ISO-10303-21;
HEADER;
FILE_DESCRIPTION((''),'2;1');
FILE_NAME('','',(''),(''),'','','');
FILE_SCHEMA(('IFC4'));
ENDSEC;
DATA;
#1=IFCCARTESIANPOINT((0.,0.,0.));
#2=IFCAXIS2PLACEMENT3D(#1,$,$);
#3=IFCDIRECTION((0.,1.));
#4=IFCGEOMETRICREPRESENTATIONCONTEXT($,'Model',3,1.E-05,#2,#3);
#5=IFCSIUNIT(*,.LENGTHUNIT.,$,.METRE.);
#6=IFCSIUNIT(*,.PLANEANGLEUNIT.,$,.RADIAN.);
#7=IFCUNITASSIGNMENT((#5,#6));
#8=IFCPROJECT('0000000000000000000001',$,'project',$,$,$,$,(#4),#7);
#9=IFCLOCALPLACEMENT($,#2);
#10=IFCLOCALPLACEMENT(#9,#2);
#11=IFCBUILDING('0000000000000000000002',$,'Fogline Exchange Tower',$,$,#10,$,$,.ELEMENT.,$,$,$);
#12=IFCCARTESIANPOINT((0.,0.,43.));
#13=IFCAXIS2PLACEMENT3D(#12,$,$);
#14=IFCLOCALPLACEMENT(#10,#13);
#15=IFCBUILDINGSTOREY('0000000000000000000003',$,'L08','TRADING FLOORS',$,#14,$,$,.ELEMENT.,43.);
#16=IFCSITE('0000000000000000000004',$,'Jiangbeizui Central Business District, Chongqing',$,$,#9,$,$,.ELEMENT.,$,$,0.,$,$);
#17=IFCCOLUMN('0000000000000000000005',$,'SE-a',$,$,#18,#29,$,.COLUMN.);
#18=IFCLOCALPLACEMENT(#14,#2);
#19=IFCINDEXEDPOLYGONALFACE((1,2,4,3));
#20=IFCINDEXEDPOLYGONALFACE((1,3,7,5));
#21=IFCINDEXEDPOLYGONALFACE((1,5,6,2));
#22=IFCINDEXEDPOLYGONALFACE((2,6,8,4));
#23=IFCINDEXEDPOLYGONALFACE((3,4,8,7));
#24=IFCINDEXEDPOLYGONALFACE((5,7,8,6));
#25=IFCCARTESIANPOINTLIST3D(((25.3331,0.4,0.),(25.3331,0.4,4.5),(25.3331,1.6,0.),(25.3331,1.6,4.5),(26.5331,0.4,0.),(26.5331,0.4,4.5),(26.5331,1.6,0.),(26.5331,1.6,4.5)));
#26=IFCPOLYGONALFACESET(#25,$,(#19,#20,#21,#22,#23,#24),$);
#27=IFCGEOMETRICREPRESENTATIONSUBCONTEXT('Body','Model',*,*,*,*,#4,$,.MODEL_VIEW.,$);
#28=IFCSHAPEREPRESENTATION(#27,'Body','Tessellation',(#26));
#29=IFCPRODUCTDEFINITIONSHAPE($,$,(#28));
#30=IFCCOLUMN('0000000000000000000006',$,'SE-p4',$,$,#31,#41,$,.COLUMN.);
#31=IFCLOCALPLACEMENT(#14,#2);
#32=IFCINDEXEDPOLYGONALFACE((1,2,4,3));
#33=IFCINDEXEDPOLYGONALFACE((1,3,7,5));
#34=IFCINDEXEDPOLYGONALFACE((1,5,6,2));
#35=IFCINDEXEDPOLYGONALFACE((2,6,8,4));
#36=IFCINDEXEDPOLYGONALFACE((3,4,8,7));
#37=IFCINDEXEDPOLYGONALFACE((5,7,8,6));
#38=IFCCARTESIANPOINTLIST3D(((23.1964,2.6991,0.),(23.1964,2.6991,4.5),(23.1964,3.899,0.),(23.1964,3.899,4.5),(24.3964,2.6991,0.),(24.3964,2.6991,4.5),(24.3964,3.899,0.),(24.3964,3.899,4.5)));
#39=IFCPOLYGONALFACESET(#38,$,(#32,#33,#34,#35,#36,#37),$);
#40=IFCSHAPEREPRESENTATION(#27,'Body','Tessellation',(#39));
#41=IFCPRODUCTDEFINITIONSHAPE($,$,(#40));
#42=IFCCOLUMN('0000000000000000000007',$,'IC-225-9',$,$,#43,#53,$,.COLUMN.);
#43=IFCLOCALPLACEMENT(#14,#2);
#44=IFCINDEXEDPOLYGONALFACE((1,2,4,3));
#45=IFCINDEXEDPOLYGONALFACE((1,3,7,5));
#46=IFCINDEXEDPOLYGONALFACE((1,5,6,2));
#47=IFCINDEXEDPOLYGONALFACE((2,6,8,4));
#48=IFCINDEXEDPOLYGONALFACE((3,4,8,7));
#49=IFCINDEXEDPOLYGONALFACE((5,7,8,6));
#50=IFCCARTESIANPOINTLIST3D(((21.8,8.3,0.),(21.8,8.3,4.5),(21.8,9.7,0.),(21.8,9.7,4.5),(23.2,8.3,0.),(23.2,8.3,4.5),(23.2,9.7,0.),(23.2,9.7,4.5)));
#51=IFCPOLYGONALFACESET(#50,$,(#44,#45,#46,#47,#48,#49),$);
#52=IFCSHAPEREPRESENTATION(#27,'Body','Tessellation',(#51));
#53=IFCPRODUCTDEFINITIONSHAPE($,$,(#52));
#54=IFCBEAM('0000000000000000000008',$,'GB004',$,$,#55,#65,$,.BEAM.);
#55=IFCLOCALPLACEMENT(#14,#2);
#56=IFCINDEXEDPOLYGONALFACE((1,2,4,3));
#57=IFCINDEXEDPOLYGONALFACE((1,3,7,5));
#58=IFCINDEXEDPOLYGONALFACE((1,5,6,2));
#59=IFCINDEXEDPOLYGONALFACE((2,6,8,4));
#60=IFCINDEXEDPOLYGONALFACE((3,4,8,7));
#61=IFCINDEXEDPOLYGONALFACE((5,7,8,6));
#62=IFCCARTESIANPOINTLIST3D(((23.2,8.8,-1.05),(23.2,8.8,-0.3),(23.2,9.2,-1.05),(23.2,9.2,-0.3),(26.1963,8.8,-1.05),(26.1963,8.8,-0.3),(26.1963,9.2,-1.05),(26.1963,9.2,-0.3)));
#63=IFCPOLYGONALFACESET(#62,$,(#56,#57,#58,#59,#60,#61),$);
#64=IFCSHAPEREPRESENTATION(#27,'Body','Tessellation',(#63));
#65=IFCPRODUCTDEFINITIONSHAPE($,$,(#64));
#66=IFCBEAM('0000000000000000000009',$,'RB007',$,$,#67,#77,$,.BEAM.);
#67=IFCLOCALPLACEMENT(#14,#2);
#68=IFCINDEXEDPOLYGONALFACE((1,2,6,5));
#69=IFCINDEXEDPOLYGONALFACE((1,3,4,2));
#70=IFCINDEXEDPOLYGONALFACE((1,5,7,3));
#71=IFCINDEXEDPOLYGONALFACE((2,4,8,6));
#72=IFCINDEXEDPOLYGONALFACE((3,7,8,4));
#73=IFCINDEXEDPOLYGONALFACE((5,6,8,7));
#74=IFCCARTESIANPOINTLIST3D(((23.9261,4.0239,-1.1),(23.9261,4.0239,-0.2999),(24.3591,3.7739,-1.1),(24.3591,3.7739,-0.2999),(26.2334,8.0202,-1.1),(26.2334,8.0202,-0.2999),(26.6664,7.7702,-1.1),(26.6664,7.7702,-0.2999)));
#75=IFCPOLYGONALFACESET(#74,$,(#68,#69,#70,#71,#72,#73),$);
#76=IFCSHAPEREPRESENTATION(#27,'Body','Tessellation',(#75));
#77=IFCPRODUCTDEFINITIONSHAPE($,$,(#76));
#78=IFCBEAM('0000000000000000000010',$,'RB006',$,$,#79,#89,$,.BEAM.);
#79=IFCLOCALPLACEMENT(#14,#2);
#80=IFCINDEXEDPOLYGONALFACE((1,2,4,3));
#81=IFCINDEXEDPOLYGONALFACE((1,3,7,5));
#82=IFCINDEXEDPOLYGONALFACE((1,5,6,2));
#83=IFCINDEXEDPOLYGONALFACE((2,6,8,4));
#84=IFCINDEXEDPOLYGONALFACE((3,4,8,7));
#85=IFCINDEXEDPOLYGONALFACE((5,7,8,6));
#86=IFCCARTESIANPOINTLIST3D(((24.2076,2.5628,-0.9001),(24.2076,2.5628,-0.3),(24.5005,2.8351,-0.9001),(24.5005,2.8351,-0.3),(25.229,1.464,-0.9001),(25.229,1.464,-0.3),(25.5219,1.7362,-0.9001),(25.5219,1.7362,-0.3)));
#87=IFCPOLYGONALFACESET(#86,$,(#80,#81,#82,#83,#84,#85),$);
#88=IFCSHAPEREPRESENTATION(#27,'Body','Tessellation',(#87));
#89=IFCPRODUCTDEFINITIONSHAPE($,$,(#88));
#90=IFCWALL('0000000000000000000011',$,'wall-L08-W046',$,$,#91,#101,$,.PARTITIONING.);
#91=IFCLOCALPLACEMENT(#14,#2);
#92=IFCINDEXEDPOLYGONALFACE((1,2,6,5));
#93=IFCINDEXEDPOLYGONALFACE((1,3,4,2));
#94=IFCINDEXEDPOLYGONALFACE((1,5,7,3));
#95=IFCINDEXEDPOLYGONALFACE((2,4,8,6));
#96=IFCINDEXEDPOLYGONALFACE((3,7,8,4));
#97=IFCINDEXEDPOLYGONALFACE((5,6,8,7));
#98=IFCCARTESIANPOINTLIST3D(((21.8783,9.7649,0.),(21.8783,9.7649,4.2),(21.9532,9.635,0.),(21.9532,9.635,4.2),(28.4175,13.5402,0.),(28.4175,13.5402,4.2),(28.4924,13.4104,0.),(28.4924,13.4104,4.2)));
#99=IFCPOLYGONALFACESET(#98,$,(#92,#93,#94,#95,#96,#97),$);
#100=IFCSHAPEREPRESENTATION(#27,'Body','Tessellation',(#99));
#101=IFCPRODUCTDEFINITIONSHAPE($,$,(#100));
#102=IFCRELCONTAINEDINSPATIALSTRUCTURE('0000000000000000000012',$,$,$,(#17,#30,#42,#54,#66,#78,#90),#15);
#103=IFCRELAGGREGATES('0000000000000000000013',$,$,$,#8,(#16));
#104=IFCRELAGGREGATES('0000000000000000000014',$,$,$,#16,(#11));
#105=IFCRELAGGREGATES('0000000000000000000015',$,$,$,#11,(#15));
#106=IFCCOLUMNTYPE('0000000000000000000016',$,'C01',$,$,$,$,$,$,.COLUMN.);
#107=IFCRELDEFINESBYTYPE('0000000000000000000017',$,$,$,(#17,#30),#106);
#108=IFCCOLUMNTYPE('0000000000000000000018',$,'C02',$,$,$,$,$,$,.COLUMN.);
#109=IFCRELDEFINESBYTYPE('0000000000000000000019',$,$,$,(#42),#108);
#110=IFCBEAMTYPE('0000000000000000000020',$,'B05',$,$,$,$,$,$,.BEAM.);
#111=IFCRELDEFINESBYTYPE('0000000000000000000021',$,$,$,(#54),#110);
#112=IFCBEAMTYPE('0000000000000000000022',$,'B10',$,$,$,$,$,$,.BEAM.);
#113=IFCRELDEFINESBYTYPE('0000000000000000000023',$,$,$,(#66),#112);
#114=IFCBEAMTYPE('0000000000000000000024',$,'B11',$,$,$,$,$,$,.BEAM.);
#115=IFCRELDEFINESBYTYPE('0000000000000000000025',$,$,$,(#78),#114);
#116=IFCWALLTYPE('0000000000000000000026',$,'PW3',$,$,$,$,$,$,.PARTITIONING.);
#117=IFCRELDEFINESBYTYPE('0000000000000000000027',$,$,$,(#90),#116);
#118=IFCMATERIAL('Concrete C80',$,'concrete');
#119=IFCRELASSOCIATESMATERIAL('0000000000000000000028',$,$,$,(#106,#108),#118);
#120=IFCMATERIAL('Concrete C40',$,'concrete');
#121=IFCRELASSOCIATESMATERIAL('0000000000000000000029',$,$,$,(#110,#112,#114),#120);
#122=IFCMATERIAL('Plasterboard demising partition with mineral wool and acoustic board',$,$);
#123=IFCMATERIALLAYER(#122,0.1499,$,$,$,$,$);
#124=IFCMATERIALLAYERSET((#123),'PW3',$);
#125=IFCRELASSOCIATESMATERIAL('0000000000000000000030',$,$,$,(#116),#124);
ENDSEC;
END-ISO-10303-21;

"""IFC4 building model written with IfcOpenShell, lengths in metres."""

from ifc_helpers import new_model, si_unit, direction, frame, frame_2d, origin, origin_2d, place, context, subcontext, project, spatial, rectangle, extrude, material, layer, layer_set, material_profile, profile_set, type_object, element, save


model = new_model("IFC4")

# Units and contexts
model_context = context("Model", 3, precision=1e-05, world=origin(), true_north=direction((0.0, 1.0)))
body_context = subcontext(model_context, "Body", "Model", "MODEL_VIEW")
ifc_project = project(units=[si_unit("LENGTHUNIT", "METRE"), si_unit("PLANEANGLEUNIT", "RADIAN")], contexts=[model_context])

# Site, building, storey
site_placement = place(None, origin())
site = spatial("IfcSite", under=ifc_project, at=site_placement, Name="Jiangbeizui Central Business District, Chongqing", CompositionType="ELEMENT", RefElevation=0.0)
building_placement = place(site_placement, origin())
building = spatial("IfcBuilding", under=site, at=building_placement, Name="Fogline Exchange Tower", CompositionType="ELEMENT")
storey_placement = place(building_placement, frame((0.0, 0.0, 43.0)))
storey = spatial("IfcBuildingStorey", under=building, at=storey_placement, Name="L08", Description="TRADING FLOORS", CompositionType="ELEMENT", Elevation=43.0)

# Columns
ifc_material_1 = material(Name="Concrete C80", Category="concrete")
ifc_material_profile_1 = material_profile(ifc_material_1, rectangle(XDim=1.2, YDim=1.2, at=origin_2d()), Name="RC 1200x1200")
ifc_profile_set_1 = profile_set([ifc_material_profile_1], Name="Concrete C80")
column_type_1 = type_object("IfcColumnType", Name="C01", PredefinedType="COLUMN", material=ifc_profile_set_1)
for number, where, z_axis, x_axis, name in (
    (1, (25.9331, 1.0, 0.0), (0.0, 0.0, 1.0), (1.0, 0.0, 0.0), "SE-a"),
    (2, (23.7964, 3.2991, 0.0), (0.0, 0.0, 1.0), (1.0, 0.0, 0.0), "SE-p4"),
):
    element("IfcColumn", number, at=place(storey_placement, frame(where, z_axis=z_axis, x_axis=x_axis)), inside=storey, type_object=column_type_1, Name=name, PredefinedType="COLUMN", context=body_context, shape_type="SweptSolid", body=[
        extrude(rectangle(XDim=1.2, YDim=1.2, at=origin_2d()), origin(), (0.0, 0.0, 1.0), 4.5),
    ])
ifc_material_profile_2 = material_profile(ifc_material_1, rectangle(XDim=1.3999, YDim=1.3999, at=origin_2d()), Name="RC 1400x1400")
ifc_profile_set_2 = profile_set([ifc_material_profile_2], Name="Concrete C80")
column_type_2 = type_object("IfcColumnType", Name="C02", PredefinedType="COLUMN", material=ifc_profile_set_2)
column_placement = place(storey_placement, frame((22.5, 9.0, 0.0), z_axis=(0.0, 0.0, 1.0), x_axis=(1.0, 0.0, 0.0)))
element("IfcColumn", 3, at=column_placement, inside=storey, type_object=column_type_2, Name="IC-225-9", PredefinedType="COLUMN", context=body_context, shape_type="SweptSolid", body=[
    extrude(rectangle(XDim=1.3999, YDim=1.3999, at=origin_2d()), origin(), (0.0, 0.0, 1.0), 4.5),
])

# Beams
ifc_material_2 = material(Name="Concrete C40", Category="concrete")
ifc_material_profile_3 = material_profile(ifc_material_2, rectangle(XDim=0.3999, YDim=0.75, at=origin_2d()), Name="RC 400x750")
ifc_profile_set_3 = profile_set([ifc_material_profile_3], Name="Concrete C40")
beam_type_1 = type_object("IfcBeamType", Name="B05", PredefinedType="BEAM", material=ifc_profile_set_3)
beam_1_placement = place(storey_placement, frame((23.2, 9.0, -0.675), z_axis=(1.0, 0.0, 0.0), x_axis=(0.0, 1.0, 0.0)))
element("IfcBeam", 4, at=beam_1_placement, inside=storey, type_object=beam_type_1, Name="GB004", PredefinedType="BEAM", context=body_context, shape_type="SweptSolid", body=[
    extrude(rectangle(XDim=0.3999, YDim=0.75, at=origin_2d()), origin(), (0.0, 0.0, 1.0), 2.9963),
])
ifc_material_profile_4 = material_profile(ifc_material_2, rectangle(XDim=0.5, YDim=0.8, at=origin_2d()), Name="RC 500x800")
ifc_profile_set_4 = profile_set([ifc_material_profile_4], Name="Concrete C40")
beam_type_2 = type_object("IfcBeamType", Name="B10", PredefinedType="BEAM", material=ifc_profile_set_4)
beam_2_placement = place(storey_placement, frame((24.1426, 3.8989, -0.7), z_axis=(0.500014, 0.866017, 0.0), x_axis=(-0.866017, 0.500014, 0.0)))
element("IfcBeam", 5, at=beam_2_placement, inside=storey, type_object=beam_type_2, Name="RB007", PredefinedType="BEAM", context=body_context, shape_type="SweptSolid", body=[
    extrude(rectangle(XDim=0.5, YDim=0.8, at=origin_2d()), origin(), (0.0, 0.0, 1.0), 4.6145),
])
ifc_material_profile_5 = material_profile(ifc_material_2, rectangle(XDim=0.3999, YDim=0.6001, at=origin_2d()), Name="RC 400x600")
ifc_profile_set_5 = profile_set([ifc_material_profile_5], Name="Concrete C40")
beam_type_3 = type_object("IfcBeamType", Name="B11", PredefinedType="BEAM", material=ifc_profile_set_5)
beam_3_placement = place(storey_placement, frame((25.3755, 1.6001, -0.6001), z_axis=(-0.680844, 0.732428, 0.0), x_axis=(-0.732428, -0.680844, 0.0)))
element("IfcBeam", 6, at=beam_3_placement, inside=storey, type_object=beam_type_3, Name="RB006", PredefinedType="BEAM", context=body_context, shape_type="SweptSolid", body=[
    extrude(rectangle(XDim=0.3999, YDim=0.6001, at=origin_2d()), origin(), (0.0, 0.0, 1.0), 1.5002),
])

# Wall
ifc_material_3 = material(Name="Plasterboard demising partition with mineral wool and acoustic board")
ifc_layer_1 = layer(ifc_material_3, 0.1499)
ifc_layer_set_1 = layer_set([ifc_layer_1], Name="PW3")
wall_type_1 = type_object("IfcWallType", Name="PW3", PredefinedType="PARTITIONING", material=ifc_layer_set_1)
wall_1_placement = place(storey_placement, frame((21.9158, 9.7, 0.0), z_axis=(0.0, 0.0, 1.0), x_axis=(0.86603, 0.499992, 0.0)))
element("IfcWall", 7, at=wall_1_placement, inside=storey, type_object=wall_type_1, Name="wall-L08-W046", PredefinedType="PARTITIONING", context=body_context, shape_type="SweptSolid", body=[
    extrude(rectangle(XDim=7.5508, YDim=0.1499, at=frame_2d((3.7754, 0.0))), origin(), (0.0, 0.0, 1.0), 4.2),
])

save(model, "model.ifc")
